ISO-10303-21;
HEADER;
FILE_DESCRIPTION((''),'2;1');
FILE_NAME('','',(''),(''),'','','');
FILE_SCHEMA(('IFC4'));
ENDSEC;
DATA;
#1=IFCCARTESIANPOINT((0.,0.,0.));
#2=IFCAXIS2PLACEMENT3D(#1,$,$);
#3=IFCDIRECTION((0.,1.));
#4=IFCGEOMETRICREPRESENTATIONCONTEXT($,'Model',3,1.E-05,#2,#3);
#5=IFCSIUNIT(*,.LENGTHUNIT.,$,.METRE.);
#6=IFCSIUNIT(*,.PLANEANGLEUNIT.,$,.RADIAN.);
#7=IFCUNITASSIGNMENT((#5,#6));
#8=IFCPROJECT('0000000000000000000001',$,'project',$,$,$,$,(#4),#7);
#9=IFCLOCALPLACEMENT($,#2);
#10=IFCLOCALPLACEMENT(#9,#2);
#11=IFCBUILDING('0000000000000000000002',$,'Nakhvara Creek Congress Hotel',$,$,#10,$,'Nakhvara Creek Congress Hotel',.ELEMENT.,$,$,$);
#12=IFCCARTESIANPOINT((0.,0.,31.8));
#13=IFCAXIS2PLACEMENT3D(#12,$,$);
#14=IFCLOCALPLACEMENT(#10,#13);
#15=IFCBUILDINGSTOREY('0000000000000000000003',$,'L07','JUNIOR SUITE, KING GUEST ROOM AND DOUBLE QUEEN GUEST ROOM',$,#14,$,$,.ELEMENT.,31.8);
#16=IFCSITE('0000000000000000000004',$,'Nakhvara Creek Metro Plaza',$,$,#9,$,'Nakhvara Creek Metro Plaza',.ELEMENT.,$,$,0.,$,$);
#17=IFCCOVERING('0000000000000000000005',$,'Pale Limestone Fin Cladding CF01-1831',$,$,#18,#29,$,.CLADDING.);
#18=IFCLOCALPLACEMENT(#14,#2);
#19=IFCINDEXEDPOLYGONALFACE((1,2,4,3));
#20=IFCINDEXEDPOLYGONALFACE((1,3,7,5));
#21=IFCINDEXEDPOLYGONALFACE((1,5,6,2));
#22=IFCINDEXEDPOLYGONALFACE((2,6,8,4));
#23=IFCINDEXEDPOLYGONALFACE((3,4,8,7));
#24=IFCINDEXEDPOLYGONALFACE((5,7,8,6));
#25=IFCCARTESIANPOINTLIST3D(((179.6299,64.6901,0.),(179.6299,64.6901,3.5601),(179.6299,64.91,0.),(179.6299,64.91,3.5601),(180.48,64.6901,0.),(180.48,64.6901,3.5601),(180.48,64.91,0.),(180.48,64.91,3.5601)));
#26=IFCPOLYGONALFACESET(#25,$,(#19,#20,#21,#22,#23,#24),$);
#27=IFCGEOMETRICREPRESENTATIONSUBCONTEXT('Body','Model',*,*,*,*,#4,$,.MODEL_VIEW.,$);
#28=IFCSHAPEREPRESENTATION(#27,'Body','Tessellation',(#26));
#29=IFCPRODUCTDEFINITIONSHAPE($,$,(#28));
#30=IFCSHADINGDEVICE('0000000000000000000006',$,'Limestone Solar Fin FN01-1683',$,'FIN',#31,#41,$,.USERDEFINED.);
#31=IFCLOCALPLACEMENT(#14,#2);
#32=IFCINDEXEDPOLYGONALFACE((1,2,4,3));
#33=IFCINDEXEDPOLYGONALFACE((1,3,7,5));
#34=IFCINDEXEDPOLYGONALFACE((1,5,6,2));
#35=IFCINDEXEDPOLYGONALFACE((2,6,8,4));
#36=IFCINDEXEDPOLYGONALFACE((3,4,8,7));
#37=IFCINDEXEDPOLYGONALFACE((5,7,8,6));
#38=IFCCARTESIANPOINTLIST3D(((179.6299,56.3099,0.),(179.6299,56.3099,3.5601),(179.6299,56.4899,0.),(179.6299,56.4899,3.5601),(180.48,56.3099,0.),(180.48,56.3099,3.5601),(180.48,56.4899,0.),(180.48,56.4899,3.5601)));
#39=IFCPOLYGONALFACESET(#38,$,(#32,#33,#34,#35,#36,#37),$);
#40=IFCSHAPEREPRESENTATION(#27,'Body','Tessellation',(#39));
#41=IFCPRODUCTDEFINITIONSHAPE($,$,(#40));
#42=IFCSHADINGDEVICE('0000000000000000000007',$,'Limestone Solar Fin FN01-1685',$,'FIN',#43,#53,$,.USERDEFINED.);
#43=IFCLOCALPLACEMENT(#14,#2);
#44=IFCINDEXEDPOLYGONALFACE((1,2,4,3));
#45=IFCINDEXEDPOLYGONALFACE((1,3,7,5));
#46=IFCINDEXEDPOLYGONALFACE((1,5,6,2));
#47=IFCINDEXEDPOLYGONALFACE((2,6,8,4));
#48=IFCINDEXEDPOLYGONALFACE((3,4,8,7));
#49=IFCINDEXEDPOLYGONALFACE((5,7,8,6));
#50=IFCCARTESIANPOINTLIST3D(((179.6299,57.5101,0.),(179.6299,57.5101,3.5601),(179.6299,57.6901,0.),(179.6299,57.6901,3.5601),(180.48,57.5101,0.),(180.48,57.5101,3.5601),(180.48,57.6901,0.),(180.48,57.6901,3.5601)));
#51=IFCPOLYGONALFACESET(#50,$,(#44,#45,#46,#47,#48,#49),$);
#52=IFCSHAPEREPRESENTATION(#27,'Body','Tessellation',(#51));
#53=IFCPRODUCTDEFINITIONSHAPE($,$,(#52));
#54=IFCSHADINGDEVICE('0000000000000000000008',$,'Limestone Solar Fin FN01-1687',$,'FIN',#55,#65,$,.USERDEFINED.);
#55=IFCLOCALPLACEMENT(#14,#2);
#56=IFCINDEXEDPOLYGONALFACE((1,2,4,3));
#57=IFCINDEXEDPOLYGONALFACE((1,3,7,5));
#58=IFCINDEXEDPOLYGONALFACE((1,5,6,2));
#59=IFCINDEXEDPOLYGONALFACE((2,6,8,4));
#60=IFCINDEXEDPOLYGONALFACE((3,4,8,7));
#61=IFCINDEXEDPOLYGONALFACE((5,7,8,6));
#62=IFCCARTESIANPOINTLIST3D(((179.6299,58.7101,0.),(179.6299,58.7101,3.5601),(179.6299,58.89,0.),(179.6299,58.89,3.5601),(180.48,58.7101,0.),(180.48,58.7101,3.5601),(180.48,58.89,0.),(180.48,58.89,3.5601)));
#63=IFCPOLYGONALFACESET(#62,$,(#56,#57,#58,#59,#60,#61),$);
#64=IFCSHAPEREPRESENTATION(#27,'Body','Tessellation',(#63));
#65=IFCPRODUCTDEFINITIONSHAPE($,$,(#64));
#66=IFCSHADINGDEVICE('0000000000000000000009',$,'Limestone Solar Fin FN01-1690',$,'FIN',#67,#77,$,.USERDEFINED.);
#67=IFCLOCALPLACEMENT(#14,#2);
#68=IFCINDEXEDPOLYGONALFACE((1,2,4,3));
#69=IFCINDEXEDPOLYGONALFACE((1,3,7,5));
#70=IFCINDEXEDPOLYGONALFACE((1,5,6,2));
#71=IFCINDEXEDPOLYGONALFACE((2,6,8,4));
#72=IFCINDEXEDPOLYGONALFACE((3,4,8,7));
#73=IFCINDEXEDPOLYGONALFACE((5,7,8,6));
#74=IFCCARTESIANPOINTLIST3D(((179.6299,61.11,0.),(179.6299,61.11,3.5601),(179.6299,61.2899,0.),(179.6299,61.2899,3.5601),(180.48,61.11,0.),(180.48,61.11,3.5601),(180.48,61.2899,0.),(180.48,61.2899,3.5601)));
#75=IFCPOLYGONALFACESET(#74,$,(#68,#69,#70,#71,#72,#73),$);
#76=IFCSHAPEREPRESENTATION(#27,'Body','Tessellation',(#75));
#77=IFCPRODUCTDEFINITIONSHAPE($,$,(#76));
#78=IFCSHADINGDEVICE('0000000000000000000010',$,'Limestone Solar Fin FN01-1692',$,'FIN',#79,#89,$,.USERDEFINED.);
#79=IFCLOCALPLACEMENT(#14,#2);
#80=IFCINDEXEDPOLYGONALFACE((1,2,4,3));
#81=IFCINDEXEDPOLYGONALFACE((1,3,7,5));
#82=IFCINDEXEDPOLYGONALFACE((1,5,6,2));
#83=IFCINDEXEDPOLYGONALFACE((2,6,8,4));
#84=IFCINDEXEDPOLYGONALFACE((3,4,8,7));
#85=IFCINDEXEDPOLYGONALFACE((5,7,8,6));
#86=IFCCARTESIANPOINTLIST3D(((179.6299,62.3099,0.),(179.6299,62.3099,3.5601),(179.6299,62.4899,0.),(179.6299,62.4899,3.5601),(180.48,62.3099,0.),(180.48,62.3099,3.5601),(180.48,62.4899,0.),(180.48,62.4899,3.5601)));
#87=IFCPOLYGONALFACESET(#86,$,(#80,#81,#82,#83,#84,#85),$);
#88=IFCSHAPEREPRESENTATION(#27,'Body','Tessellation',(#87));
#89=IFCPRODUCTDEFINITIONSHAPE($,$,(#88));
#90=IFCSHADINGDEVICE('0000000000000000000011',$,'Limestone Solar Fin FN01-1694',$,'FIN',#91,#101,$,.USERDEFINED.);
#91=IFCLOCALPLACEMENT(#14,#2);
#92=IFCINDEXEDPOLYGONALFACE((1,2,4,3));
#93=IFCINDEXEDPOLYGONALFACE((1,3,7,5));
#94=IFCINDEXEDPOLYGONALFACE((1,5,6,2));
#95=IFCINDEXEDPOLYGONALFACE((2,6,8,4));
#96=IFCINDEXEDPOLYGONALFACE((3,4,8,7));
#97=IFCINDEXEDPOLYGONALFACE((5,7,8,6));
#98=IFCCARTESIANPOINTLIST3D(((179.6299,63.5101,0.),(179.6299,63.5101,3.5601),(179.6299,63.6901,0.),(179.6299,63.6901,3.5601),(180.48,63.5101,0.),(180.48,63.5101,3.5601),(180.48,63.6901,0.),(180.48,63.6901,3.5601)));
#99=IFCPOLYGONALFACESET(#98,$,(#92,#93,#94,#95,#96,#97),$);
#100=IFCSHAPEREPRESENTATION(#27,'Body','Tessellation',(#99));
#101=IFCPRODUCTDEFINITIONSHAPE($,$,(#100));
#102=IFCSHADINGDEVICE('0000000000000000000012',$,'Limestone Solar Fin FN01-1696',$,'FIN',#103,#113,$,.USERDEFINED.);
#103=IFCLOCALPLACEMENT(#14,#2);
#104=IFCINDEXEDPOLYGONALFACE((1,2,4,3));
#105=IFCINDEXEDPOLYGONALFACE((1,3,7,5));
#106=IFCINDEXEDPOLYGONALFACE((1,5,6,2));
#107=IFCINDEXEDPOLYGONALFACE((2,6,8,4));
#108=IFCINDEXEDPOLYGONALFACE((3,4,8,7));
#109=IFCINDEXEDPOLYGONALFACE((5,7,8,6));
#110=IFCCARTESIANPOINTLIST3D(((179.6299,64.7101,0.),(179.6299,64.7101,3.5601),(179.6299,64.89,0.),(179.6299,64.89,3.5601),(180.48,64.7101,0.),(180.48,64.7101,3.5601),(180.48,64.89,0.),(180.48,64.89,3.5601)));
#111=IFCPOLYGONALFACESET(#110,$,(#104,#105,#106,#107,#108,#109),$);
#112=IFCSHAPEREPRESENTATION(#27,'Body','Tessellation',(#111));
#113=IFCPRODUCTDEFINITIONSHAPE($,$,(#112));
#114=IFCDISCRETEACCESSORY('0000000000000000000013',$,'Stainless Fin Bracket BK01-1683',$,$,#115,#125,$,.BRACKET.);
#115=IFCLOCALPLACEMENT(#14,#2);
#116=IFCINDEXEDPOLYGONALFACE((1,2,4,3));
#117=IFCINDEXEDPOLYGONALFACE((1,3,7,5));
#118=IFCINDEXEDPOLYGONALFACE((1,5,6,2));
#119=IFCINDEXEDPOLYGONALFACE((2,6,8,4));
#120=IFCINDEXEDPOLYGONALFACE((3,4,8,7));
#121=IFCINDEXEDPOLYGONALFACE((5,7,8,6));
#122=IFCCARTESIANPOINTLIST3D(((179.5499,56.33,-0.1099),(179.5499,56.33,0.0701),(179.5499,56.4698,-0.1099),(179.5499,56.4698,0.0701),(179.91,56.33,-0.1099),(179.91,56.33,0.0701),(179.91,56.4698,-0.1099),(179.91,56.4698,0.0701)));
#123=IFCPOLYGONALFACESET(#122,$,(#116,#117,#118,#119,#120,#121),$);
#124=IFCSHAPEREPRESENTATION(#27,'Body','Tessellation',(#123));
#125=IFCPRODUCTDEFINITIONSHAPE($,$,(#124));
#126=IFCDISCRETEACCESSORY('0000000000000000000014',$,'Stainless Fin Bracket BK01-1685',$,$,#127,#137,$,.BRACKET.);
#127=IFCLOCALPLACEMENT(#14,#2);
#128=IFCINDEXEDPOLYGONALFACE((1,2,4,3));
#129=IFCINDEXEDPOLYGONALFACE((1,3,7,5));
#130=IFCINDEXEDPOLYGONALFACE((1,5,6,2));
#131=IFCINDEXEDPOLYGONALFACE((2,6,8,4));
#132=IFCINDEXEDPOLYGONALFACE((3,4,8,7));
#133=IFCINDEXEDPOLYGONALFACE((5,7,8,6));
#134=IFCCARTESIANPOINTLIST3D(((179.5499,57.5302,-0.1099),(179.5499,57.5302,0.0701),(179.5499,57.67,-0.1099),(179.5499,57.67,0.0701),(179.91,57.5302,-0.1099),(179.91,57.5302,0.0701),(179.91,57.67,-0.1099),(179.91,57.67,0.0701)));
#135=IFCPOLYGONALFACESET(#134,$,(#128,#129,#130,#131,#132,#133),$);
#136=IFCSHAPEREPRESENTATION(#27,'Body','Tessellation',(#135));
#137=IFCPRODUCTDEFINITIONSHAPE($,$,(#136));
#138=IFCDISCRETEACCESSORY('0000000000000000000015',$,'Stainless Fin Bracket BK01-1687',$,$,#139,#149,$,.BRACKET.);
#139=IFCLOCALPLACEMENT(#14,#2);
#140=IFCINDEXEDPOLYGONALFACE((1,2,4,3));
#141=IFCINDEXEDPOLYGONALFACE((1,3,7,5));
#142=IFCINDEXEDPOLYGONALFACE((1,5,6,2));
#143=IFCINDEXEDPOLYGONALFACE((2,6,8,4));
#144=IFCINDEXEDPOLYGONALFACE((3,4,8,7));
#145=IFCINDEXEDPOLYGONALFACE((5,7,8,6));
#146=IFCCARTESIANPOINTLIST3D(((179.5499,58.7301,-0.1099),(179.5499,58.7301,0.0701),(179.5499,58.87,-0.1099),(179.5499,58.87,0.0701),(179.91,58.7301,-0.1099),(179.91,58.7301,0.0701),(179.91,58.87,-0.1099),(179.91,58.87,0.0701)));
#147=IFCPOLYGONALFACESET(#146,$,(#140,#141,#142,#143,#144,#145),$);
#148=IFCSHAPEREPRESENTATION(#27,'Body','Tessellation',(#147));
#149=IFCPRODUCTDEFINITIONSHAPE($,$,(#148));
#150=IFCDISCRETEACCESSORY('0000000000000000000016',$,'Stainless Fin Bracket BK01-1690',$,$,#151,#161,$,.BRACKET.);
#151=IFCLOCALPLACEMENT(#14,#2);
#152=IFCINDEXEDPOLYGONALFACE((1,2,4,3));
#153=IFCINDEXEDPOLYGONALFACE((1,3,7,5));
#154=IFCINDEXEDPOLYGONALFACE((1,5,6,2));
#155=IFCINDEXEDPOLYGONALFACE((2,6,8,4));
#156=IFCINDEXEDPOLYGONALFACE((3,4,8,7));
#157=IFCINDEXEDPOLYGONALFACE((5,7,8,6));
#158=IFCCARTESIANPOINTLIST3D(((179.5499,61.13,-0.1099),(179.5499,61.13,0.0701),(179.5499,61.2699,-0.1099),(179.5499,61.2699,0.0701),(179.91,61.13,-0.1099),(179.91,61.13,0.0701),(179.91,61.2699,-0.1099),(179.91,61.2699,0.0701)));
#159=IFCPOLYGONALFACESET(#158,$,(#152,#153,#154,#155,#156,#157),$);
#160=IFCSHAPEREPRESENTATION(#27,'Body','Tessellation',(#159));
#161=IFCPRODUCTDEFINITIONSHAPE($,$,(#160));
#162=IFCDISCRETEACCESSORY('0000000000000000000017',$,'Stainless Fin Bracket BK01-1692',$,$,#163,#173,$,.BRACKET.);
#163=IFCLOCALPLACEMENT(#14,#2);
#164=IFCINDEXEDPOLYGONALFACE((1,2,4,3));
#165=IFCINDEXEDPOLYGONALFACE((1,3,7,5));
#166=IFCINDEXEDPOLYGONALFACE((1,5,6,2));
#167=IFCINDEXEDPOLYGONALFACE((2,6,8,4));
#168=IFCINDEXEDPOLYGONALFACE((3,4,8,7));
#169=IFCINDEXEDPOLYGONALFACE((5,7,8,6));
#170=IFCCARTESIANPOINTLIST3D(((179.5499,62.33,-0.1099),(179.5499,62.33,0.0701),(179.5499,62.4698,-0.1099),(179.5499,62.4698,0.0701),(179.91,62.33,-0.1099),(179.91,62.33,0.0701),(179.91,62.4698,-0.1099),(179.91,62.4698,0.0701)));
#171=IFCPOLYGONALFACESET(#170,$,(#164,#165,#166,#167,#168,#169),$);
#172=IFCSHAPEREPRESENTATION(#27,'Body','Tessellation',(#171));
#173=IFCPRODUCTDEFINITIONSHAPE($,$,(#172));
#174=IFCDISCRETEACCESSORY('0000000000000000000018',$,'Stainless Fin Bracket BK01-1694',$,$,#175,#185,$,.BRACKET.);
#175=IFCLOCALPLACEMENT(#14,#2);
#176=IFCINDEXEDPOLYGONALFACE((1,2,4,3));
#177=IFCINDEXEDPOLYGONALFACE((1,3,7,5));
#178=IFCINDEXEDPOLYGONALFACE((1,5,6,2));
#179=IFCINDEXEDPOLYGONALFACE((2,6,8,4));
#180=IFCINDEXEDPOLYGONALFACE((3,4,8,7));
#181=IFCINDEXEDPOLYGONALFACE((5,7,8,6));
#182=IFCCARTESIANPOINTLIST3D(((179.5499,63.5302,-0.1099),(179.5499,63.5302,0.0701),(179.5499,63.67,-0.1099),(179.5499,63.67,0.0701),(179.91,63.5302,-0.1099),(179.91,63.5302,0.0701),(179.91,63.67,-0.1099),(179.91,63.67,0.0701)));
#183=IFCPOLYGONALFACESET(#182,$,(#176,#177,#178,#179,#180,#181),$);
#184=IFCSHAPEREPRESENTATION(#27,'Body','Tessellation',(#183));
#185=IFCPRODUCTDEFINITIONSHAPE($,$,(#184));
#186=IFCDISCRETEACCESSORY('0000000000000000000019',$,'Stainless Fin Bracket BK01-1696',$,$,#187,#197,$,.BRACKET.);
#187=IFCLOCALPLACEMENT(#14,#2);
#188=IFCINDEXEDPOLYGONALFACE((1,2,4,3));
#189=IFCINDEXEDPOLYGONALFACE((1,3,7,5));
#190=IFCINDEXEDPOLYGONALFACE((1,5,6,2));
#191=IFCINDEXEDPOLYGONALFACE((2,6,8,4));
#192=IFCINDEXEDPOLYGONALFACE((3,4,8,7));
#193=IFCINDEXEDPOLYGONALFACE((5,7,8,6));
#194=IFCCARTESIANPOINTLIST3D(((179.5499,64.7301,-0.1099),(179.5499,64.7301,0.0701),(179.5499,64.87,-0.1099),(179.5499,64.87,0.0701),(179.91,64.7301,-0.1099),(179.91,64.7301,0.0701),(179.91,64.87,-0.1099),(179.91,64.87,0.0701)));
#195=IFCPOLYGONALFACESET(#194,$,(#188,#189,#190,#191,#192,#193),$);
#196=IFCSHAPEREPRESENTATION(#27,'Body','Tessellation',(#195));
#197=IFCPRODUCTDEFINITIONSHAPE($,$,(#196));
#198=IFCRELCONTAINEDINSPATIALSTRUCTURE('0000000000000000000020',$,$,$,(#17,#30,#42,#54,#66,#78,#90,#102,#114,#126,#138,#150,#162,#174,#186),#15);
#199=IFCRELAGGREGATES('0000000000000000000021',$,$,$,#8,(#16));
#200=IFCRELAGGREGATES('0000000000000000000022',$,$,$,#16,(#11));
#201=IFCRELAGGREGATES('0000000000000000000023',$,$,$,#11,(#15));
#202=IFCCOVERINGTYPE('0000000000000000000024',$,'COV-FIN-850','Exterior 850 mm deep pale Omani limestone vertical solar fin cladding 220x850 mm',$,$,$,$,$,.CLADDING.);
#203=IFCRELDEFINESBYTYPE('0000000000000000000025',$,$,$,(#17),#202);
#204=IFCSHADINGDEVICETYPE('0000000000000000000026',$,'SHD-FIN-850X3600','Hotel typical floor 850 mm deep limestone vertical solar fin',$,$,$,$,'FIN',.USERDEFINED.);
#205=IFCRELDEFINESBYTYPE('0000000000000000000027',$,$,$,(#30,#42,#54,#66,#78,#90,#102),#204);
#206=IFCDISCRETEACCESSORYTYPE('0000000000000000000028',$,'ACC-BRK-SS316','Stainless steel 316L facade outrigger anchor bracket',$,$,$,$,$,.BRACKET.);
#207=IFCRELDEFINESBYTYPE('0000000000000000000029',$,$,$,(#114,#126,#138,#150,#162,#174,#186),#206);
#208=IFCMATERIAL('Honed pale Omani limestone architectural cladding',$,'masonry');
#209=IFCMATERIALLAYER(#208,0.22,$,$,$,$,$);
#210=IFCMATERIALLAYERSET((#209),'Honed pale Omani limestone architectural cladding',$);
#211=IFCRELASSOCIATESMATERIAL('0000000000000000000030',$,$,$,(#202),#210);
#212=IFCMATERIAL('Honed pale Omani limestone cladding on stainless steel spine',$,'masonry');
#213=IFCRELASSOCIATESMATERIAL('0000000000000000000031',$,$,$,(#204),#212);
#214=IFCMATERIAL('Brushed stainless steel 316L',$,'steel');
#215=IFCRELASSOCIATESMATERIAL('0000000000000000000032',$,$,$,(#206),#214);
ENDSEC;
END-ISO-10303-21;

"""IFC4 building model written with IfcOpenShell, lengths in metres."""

from ifc_helpers import new_model, si_unit, direction, frame, origin, origin_2d, place, context, subcontext, project, spatial, rectangle, extrude, material, layer, layer_set, type_object, element, save


model = new_model("IFC4")

# Units and contexts
model_context = context("Model", 3, precision=1e-05, world=origin(), true_north=direction((0.0, 1.0)))
body_context = subcontext(model_context, "Body", "Model", "MODEL_VIEW")
ifc_project = project(units=[si_unit("LENGTHUNIT", "METRE"), si_unit("PLANEANGLEUNIT", "RADIAN")], contexts=[model_context])

# Site, building, storey
site_placement = place(None, origin())
site = spatial("IfcSite", under=ifc_project, at=site_placement, Name="Nakhvara Creek Metro Plaza", LongName="Nakhvara Creek Metro Plaza", CompositionType="ELEMENT", RefElevation=0.0)
building_placement = place(site_placement, origin())
building = spatial("IfcBuilding", under=site, at=building_placement, Name="Nakhvara Creek Congress Hotel", LongName="Nakhvara Creek Congress Hotel", CompositionType="ELEMENT")
storey_placement = place(building_placement, frame((0.0, 0.0, 31.8)))
storey = spatial("IfcBuildingStorey", under=building, at=storey_placement, Name="L07", Description="JUNIOR SUITE, KING GUEST ROOM AND DOUBLE QUEEN GUEST ROOM", CompositionType="ELEMENT", Elevation=31.8)

# Covering
ifc_material_1 = material(Name="Honed pale Omani limestone architectural cladding", Category="masonry")
ifc_layer_1 = layer(ifc_material_1, 0.22)
ifc_layer_set_1 = layer_set([ifc_layer_1], Name="Honed pale Omani limestone architectural cladding")
covering_type = type_object("IfcCoveringType", Name="COV-FIN-850", Description="Exterior 850 mm deep pale Omani limestone vertical solar fin cladding 220x850 mm", PredefinedType="CLADDING", material=ifc_layer_set_1)
for number, where, z_axis, x_axis, name in (
    (1, (180.0549, 64.8, 0.0), (0.0, 0.0, 1.0), (0.0, 1.0, 0.0), "Pale Limestone Fin Cladding CF01-1831"),
):
    element("IfcCovering", number, at=place(storey_placement, frame(where, z_axis=z_axis, x_axis=x_axis)), inside=storey, type_object=covering_type, Name=name, PredefinedType="CLADDING", context=body_context, shape_type="SweptSolid", body=[
        extrude(rectangle(XDim=0.22, YDim=0.8501, at=origin_2d()), origin(), (0.0, 0.0, 1.0), 3.5601),
    ])

# Shading devices
ifc_material_2 = material(Name="Honed pale Omani limestone cladding on stainless steel spine", Category="masonry")
shading_device_type = type_object("IfcShadingDeviceType", Name="SHD-FIN-850X3600", Description="Hotel typical floor 850 mm deep limestone vertical solar fin", ElementType="FIN", PredefinedType="USERDEFINED", material=ifc_material_2)
for number, where, z_axis, x_axis, name in (
    (2, (180.0549, 56.3999, 0.0), (0.0, 0.0, 1.0), (0.0, 1.0, 0.0), "Limestone Solar Fin FN01-1683"),
    (3, (180.0549, 57.6001, 0.0), (0.0, 0.0, 1.0), (0.0, 1.0, 0.0), "Limestone Solar Fin FN01-1685"),
    (4, (180.0549, 58.8, 0.0), (0.0, 0.0, 1.0), (0.0, 1.0, 0.0), "Limestone Solar Fin FN01-1687"),
    (5, (180.0549, 61.2, 0.0), (0.0, 0.0, 1.0), (0.0, 1.0, 0.0), "Limestone Solar Fin FN01-1690"),
    (6, (180.0549, 62.3999, 0.0), (0.0, 0.0, 1.0), (0.0, 1.0, 0.0), "Limestone Solar Fin FN01-1692"),
    (7, (180.0549, 63.6001, 0.0), (0.0, 0.0, 1.0), (0.0, 1.0, 0.0), "Limestone Solar Fin FN01-1694"),
    (8, (180.0549, 64.8, 0.0), (0.0, 0.0, 1.0), (0.0, 1.0, 0.0), "Limestone Solar Fin FN01-1696"),
):
    element("IfcShadingDevice", number, at=place(storey_placement, frame(where, z_axis=z_axis, x_axis=x_axis)), inside=storey, type_object=shading_device_type, Name=name, ObjectType="FIN", PredefinedType="USERDEFINED", context=body_context, shape_type="SweptSolid", body=[
        extrude(rectangle(XDim=0.1799, YDim=0.8501, at=origin_2d()), origin(), (0.0, 0.0, 1.0), 3.5601),
    ])

# Discrete accessories
ifc_material_3 = material(Name="Brushed stainless steel 316L", Category="steel")
discrete_accessory_type = type_object("IfcDiscreteAccessoryType", Name="ACC-BRK-SS316", Description="Stainless steel 316L facade outrigger anchor bracket", PredefinedType="BRACKET", material=ifc_material_3)
for number, where, z_axis, x_axis, name in (
    (9, (179.73, 56.3999, -0.1099), (0.0, 0.0, 1.0), (0.0, 1.0, 0.0), "Stainless Fin Bracket BK01-1683"),
    (10, (179.73, 57.6001, -0.1099), (0.0, 0.0, 1.0), (0.0, 1.0, 0.0), "Stainless Fin Bracket BK01-1685"),
    (11, (179.73, 58.8, -0.1099), (0.0, 0.0, 1.0), (0.0, 1.0, 0.0), "Stainless Fin Bracket BK01-1687"),
    (12, (179.73, 61.2, -0.1099), (0.0, 0.0, 1.0), (0.0, 1.0, 0.0), "Stainless Fin Bracket BK01-1690"),
    (13, (179.73, 62.3999, -0.1099), (0.0, 0.0, 1.0), (0.0, 1.0, 0.0), "Stainless Fin Bracket BK01-1692"),
    (14, (179.73, 63.6001, -0.1099), (0.0, 0.0, 1.0), (0.0, 1.0, 0.0), "Stainless Fin Bracket BK01-1694"),
    (15, (179.73, 64.8, -0.1099), (0.0, 0.0, 1.0), (0.0, 1.0, 0.0), "Stainless Fin Bracket BK01-1696"),
):
    element("IfcDiscreteAccessory", number, at=place(storey_placement, frame(where, z_axis=z_axis, x_axis=x_axis)), inside=storey, type_object=discrete_accessory_type, Name=name, PredefinedType="BRACKET", context=body_context, shape_type="SweptSolid", body=[
        extrude(rectangle(XDim=0.1399, YDim=0.3601, at=origin_2d()), origin(), (0.0, 0.0, 1.0), 0.1799),
    ])

save(model, "model.ifc")
